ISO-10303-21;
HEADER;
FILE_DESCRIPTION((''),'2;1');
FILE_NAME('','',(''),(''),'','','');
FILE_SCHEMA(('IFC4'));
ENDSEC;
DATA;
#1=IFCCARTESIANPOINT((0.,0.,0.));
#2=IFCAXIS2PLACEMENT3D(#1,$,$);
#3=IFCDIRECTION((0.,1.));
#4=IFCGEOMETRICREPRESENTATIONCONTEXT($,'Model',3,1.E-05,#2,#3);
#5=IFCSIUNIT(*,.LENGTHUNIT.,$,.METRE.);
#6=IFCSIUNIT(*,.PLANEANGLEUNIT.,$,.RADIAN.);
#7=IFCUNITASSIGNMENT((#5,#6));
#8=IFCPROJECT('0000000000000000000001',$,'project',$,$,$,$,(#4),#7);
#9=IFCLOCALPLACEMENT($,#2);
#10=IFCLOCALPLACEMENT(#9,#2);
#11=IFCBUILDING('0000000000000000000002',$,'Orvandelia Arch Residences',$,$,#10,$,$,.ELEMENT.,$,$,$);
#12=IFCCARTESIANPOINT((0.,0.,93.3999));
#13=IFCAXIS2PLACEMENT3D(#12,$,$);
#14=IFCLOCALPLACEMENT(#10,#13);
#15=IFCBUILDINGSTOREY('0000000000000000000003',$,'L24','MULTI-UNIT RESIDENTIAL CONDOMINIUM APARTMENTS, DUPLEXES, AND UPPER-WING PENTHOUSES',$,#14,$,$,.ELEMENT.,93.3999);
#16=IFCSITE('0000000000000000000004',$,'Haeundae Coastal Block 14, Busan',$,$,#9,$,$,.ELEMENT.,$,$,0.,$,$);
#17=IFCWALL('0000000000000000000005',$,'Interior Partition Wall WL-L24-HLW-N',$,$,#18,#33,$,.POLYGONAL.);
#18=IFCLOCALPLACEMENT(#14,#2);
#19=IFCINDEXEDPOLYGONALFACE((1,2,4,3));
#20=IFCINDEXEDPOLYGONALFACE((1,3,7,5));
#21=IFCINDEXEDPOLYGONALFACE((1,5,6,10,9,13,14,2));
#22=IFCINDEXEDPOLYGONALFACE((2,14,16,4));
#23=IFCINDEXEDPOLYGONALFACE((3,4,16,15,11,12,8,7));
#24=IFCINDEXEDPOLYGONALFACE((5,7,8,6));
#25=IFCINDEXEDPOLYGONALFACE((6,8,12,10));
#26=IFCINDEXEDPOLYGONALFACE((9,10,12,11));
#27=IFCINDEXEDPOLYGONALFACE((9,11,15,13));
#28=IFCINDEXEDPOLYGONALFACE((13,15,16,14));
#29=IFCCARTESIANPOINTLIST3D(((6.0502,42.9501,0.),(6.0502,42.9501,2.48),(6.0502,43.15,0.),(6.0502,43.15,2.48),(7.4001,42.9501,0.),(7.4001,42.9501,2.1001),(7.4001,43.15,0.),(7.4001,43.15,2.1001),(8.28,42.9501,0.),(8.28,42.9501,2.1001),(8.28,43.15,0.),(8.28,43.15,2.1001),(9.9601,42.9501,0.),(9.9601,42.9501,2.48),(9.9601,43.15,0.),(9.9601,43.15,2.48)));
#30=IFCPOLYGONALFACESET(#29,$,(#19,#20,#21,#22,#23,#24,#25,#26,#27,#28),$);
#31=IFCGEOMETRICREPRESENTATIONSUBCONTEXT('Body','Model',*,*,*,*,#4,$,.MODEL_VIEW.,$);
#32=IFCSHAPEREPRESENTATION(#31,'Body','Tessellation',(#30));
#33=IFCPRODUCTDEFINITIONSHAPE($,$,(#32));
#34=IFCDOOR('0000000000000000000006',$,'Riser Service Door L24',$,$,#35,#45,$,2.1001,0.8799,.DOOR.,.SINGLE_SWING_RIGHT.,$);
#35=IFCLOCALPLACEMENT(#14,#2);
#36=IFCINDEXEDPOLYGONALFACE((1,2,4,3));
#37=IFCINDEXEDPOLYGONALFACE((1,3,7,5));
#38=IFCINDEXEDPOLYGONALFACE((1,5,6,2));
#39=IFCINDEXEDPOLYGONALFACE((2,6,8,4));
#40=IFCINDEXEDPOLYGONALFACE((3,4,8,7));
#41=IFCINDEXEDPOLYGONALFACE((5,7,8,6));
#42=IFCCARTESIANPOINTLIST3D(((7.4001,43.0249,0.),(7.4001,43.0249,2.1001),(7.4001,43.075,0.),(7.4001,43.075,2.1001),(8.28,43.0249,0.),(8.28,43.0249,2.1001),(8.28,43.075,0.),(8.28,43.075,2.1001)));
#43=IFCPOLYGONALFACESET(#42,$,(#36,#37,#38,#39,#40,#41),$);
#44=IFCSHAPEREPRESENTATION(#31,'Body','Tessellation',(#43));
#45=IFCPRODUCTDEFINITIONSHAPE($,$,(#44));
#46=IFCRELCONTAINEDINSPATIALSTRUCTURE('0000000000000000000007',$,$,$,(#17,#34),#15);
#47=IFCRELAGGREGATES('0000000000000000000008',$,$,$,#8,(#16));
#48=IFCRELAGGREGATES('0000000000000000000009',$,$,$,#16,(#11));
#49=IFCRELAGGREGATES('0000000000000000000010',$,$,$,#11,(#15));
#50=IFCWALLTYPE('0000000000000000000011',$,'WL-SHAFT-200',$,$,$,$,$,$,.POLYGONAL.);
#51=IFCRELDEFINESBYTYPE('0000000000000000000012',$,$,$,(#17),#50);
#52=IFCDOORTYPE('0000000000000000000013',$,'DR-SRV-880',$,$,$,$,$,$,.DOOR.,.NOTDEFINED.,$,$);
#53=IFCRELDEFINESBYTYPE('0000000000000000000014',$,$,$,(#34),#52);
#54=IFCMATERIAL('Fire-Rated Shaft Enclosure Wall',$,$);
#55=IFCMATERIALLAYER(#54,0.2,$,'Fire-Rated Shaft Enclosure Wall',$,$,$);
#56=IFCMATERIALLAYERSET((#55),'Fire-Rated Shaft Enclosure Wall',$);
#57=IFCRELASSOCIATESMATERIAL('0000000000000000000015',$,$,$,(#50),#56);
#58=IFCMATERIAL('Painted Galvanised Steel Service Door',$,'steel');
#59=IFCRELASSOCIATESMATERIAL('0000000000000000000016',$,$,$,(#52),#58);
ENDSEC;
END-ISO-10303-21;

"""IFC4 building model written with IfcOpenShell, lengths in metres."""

from ifc_helpers import new_model, si_unit, direction, frame, frame_2d, origin, place, context, subcontext, project, spatial, rectangle, extrude, material, layer, layer_set, type_object, element, fill, save


model = new_model("IFC4")

# Units and contexts
model_context = context("Model", 3, precision=1e-05, world=origin(), true_north=direction((0.0, 1.0)))
body_context = subcontext(model_context, "Body", "Model", "MODEL_VIEW")
ifc_project = project(units=[si_unit("LENGTHUNIT", "METRE"), si_unit("PLANEANGLEUNIT", "RADIAN")], contexts=[model_context])

# Site, building, storey
site_placement = place(None, origin())
site = spatial("IfcSite", under=ifc_project, at=site_placement, Name="Haeundae Coastal Block 14, Busan", CompositionType="ELEMENT", RefElevation=0.0)
building_placement = place(site_placement, origin())
building = spatial("IfcBuilding", under=site, at=building_placement, Name="Orvandelia Arch Residences", CompositionType="ELEMENT")
storey_placement = place(building_placement, frame((0.0, 0.0, 93.3999)))
storey = spatial("IfcBuildingStorey", under=building, at=storey_placement, Name="L24", Description="MULTI-UNIT RESIDENTIAL CONDOMINIUM APARTMENTS, DUPLEXES, AND UPPER-WING PENTHOUSES", CompositionType="ELEMENT", Elevation=93.3999)

# Wall, opening, door
ifc_material_1 = material(Name="Fire-Rated Shaft Enclosure Wall")
ifc_layer_1 = layer(ifc_material_1, 0.2, Name="Fire-Rated Shaft Enclosure Wall")
ifc_layer_set_1 = layer_set([ifc_layer_1], Name="Fire-Rated Shaft Enclosure Wall")
wall_type_1 = type_object("IfcWallType", Name="WL-SHAFT-200", PredefinedType="POLYGONAL", material=ifc_layer_set_1)
wall_1_placement = place(storey_placement, frame((6.05, 43.05, 0.0), z_axis=(0.0, 0.0, 1.0), x_axis=(1.0, 0.0, 0.0)))
wall_1 = element("IfcWall", 1, at=wall_1_placement, inside=storey, type_object=wall_type_1, Name="Interior Partition Wall WL-L24-HLW-N", PredefinedType="POLYGONAL", context=body_context, shape_type="SweptSolid", body=[
    extrude(rectangle(XDim=3.9099, YDim=0.2, at=frame_2d((1.9551, 0.0))), origin(), (0.0, 0.0, 1.0), 2.48),
])
opening_1_placement = place(wall_1_placement, frame((1.3501, 0.0, 0.0)))
opening_1 = element("IfcOpeningElement", 2, at=opening_1_placement, cuts=wall_1, PredefinedType="OPENING", context=body_context, shape_type="SweptSolid", body=[
    extrude(rectangle(XDim=0.8799, YDim=2.1001, at=frame_2d((0.4399, 1.05))), frame((0.0, 0.1099, 0.0), z_axis=(0.0, -1.0, 0.0), x_axis=(1.0, 0.0, 0.0)), (0.0, 0.0, 1.0), 0.22),
])
ifc_material_2 = material(Name="Painted Galvanised Steel Service Door", Category="steel")
door_type = type_object("IfcDoorType", Name="DR-SRV-880", OperationType="NOTDEFINED", PredefinedType="DOOR", material=ifc_material_2)
door_placement = place(opening_1_placement, origin())
door = element("IfcDoor", 3, at=door_placement, inside=storey, type_object=door_type, Name="Riser Service Door L24", OperationType="SINGLE_SWING_RIGHT", OverallHeight=2.1001, OverallWidth=0.8799, PredefinedType="DOOR", context=body_context, shape_type="SweptSolid", body=[
    extrude(rectangle(XDim=0.8799, YDim=2.1001, at=frame_2d((0.4399, 1.05))), frame((0.0, 0.0249, 0.0), z_axis=(0.0, -1.0, 0.0), x_axis=(1.0, 0.0, 0.0)), (0.0, 0.0, 1.0), 0.05),
])
fill(opening_1, door)

save(model, "model.ifc")
